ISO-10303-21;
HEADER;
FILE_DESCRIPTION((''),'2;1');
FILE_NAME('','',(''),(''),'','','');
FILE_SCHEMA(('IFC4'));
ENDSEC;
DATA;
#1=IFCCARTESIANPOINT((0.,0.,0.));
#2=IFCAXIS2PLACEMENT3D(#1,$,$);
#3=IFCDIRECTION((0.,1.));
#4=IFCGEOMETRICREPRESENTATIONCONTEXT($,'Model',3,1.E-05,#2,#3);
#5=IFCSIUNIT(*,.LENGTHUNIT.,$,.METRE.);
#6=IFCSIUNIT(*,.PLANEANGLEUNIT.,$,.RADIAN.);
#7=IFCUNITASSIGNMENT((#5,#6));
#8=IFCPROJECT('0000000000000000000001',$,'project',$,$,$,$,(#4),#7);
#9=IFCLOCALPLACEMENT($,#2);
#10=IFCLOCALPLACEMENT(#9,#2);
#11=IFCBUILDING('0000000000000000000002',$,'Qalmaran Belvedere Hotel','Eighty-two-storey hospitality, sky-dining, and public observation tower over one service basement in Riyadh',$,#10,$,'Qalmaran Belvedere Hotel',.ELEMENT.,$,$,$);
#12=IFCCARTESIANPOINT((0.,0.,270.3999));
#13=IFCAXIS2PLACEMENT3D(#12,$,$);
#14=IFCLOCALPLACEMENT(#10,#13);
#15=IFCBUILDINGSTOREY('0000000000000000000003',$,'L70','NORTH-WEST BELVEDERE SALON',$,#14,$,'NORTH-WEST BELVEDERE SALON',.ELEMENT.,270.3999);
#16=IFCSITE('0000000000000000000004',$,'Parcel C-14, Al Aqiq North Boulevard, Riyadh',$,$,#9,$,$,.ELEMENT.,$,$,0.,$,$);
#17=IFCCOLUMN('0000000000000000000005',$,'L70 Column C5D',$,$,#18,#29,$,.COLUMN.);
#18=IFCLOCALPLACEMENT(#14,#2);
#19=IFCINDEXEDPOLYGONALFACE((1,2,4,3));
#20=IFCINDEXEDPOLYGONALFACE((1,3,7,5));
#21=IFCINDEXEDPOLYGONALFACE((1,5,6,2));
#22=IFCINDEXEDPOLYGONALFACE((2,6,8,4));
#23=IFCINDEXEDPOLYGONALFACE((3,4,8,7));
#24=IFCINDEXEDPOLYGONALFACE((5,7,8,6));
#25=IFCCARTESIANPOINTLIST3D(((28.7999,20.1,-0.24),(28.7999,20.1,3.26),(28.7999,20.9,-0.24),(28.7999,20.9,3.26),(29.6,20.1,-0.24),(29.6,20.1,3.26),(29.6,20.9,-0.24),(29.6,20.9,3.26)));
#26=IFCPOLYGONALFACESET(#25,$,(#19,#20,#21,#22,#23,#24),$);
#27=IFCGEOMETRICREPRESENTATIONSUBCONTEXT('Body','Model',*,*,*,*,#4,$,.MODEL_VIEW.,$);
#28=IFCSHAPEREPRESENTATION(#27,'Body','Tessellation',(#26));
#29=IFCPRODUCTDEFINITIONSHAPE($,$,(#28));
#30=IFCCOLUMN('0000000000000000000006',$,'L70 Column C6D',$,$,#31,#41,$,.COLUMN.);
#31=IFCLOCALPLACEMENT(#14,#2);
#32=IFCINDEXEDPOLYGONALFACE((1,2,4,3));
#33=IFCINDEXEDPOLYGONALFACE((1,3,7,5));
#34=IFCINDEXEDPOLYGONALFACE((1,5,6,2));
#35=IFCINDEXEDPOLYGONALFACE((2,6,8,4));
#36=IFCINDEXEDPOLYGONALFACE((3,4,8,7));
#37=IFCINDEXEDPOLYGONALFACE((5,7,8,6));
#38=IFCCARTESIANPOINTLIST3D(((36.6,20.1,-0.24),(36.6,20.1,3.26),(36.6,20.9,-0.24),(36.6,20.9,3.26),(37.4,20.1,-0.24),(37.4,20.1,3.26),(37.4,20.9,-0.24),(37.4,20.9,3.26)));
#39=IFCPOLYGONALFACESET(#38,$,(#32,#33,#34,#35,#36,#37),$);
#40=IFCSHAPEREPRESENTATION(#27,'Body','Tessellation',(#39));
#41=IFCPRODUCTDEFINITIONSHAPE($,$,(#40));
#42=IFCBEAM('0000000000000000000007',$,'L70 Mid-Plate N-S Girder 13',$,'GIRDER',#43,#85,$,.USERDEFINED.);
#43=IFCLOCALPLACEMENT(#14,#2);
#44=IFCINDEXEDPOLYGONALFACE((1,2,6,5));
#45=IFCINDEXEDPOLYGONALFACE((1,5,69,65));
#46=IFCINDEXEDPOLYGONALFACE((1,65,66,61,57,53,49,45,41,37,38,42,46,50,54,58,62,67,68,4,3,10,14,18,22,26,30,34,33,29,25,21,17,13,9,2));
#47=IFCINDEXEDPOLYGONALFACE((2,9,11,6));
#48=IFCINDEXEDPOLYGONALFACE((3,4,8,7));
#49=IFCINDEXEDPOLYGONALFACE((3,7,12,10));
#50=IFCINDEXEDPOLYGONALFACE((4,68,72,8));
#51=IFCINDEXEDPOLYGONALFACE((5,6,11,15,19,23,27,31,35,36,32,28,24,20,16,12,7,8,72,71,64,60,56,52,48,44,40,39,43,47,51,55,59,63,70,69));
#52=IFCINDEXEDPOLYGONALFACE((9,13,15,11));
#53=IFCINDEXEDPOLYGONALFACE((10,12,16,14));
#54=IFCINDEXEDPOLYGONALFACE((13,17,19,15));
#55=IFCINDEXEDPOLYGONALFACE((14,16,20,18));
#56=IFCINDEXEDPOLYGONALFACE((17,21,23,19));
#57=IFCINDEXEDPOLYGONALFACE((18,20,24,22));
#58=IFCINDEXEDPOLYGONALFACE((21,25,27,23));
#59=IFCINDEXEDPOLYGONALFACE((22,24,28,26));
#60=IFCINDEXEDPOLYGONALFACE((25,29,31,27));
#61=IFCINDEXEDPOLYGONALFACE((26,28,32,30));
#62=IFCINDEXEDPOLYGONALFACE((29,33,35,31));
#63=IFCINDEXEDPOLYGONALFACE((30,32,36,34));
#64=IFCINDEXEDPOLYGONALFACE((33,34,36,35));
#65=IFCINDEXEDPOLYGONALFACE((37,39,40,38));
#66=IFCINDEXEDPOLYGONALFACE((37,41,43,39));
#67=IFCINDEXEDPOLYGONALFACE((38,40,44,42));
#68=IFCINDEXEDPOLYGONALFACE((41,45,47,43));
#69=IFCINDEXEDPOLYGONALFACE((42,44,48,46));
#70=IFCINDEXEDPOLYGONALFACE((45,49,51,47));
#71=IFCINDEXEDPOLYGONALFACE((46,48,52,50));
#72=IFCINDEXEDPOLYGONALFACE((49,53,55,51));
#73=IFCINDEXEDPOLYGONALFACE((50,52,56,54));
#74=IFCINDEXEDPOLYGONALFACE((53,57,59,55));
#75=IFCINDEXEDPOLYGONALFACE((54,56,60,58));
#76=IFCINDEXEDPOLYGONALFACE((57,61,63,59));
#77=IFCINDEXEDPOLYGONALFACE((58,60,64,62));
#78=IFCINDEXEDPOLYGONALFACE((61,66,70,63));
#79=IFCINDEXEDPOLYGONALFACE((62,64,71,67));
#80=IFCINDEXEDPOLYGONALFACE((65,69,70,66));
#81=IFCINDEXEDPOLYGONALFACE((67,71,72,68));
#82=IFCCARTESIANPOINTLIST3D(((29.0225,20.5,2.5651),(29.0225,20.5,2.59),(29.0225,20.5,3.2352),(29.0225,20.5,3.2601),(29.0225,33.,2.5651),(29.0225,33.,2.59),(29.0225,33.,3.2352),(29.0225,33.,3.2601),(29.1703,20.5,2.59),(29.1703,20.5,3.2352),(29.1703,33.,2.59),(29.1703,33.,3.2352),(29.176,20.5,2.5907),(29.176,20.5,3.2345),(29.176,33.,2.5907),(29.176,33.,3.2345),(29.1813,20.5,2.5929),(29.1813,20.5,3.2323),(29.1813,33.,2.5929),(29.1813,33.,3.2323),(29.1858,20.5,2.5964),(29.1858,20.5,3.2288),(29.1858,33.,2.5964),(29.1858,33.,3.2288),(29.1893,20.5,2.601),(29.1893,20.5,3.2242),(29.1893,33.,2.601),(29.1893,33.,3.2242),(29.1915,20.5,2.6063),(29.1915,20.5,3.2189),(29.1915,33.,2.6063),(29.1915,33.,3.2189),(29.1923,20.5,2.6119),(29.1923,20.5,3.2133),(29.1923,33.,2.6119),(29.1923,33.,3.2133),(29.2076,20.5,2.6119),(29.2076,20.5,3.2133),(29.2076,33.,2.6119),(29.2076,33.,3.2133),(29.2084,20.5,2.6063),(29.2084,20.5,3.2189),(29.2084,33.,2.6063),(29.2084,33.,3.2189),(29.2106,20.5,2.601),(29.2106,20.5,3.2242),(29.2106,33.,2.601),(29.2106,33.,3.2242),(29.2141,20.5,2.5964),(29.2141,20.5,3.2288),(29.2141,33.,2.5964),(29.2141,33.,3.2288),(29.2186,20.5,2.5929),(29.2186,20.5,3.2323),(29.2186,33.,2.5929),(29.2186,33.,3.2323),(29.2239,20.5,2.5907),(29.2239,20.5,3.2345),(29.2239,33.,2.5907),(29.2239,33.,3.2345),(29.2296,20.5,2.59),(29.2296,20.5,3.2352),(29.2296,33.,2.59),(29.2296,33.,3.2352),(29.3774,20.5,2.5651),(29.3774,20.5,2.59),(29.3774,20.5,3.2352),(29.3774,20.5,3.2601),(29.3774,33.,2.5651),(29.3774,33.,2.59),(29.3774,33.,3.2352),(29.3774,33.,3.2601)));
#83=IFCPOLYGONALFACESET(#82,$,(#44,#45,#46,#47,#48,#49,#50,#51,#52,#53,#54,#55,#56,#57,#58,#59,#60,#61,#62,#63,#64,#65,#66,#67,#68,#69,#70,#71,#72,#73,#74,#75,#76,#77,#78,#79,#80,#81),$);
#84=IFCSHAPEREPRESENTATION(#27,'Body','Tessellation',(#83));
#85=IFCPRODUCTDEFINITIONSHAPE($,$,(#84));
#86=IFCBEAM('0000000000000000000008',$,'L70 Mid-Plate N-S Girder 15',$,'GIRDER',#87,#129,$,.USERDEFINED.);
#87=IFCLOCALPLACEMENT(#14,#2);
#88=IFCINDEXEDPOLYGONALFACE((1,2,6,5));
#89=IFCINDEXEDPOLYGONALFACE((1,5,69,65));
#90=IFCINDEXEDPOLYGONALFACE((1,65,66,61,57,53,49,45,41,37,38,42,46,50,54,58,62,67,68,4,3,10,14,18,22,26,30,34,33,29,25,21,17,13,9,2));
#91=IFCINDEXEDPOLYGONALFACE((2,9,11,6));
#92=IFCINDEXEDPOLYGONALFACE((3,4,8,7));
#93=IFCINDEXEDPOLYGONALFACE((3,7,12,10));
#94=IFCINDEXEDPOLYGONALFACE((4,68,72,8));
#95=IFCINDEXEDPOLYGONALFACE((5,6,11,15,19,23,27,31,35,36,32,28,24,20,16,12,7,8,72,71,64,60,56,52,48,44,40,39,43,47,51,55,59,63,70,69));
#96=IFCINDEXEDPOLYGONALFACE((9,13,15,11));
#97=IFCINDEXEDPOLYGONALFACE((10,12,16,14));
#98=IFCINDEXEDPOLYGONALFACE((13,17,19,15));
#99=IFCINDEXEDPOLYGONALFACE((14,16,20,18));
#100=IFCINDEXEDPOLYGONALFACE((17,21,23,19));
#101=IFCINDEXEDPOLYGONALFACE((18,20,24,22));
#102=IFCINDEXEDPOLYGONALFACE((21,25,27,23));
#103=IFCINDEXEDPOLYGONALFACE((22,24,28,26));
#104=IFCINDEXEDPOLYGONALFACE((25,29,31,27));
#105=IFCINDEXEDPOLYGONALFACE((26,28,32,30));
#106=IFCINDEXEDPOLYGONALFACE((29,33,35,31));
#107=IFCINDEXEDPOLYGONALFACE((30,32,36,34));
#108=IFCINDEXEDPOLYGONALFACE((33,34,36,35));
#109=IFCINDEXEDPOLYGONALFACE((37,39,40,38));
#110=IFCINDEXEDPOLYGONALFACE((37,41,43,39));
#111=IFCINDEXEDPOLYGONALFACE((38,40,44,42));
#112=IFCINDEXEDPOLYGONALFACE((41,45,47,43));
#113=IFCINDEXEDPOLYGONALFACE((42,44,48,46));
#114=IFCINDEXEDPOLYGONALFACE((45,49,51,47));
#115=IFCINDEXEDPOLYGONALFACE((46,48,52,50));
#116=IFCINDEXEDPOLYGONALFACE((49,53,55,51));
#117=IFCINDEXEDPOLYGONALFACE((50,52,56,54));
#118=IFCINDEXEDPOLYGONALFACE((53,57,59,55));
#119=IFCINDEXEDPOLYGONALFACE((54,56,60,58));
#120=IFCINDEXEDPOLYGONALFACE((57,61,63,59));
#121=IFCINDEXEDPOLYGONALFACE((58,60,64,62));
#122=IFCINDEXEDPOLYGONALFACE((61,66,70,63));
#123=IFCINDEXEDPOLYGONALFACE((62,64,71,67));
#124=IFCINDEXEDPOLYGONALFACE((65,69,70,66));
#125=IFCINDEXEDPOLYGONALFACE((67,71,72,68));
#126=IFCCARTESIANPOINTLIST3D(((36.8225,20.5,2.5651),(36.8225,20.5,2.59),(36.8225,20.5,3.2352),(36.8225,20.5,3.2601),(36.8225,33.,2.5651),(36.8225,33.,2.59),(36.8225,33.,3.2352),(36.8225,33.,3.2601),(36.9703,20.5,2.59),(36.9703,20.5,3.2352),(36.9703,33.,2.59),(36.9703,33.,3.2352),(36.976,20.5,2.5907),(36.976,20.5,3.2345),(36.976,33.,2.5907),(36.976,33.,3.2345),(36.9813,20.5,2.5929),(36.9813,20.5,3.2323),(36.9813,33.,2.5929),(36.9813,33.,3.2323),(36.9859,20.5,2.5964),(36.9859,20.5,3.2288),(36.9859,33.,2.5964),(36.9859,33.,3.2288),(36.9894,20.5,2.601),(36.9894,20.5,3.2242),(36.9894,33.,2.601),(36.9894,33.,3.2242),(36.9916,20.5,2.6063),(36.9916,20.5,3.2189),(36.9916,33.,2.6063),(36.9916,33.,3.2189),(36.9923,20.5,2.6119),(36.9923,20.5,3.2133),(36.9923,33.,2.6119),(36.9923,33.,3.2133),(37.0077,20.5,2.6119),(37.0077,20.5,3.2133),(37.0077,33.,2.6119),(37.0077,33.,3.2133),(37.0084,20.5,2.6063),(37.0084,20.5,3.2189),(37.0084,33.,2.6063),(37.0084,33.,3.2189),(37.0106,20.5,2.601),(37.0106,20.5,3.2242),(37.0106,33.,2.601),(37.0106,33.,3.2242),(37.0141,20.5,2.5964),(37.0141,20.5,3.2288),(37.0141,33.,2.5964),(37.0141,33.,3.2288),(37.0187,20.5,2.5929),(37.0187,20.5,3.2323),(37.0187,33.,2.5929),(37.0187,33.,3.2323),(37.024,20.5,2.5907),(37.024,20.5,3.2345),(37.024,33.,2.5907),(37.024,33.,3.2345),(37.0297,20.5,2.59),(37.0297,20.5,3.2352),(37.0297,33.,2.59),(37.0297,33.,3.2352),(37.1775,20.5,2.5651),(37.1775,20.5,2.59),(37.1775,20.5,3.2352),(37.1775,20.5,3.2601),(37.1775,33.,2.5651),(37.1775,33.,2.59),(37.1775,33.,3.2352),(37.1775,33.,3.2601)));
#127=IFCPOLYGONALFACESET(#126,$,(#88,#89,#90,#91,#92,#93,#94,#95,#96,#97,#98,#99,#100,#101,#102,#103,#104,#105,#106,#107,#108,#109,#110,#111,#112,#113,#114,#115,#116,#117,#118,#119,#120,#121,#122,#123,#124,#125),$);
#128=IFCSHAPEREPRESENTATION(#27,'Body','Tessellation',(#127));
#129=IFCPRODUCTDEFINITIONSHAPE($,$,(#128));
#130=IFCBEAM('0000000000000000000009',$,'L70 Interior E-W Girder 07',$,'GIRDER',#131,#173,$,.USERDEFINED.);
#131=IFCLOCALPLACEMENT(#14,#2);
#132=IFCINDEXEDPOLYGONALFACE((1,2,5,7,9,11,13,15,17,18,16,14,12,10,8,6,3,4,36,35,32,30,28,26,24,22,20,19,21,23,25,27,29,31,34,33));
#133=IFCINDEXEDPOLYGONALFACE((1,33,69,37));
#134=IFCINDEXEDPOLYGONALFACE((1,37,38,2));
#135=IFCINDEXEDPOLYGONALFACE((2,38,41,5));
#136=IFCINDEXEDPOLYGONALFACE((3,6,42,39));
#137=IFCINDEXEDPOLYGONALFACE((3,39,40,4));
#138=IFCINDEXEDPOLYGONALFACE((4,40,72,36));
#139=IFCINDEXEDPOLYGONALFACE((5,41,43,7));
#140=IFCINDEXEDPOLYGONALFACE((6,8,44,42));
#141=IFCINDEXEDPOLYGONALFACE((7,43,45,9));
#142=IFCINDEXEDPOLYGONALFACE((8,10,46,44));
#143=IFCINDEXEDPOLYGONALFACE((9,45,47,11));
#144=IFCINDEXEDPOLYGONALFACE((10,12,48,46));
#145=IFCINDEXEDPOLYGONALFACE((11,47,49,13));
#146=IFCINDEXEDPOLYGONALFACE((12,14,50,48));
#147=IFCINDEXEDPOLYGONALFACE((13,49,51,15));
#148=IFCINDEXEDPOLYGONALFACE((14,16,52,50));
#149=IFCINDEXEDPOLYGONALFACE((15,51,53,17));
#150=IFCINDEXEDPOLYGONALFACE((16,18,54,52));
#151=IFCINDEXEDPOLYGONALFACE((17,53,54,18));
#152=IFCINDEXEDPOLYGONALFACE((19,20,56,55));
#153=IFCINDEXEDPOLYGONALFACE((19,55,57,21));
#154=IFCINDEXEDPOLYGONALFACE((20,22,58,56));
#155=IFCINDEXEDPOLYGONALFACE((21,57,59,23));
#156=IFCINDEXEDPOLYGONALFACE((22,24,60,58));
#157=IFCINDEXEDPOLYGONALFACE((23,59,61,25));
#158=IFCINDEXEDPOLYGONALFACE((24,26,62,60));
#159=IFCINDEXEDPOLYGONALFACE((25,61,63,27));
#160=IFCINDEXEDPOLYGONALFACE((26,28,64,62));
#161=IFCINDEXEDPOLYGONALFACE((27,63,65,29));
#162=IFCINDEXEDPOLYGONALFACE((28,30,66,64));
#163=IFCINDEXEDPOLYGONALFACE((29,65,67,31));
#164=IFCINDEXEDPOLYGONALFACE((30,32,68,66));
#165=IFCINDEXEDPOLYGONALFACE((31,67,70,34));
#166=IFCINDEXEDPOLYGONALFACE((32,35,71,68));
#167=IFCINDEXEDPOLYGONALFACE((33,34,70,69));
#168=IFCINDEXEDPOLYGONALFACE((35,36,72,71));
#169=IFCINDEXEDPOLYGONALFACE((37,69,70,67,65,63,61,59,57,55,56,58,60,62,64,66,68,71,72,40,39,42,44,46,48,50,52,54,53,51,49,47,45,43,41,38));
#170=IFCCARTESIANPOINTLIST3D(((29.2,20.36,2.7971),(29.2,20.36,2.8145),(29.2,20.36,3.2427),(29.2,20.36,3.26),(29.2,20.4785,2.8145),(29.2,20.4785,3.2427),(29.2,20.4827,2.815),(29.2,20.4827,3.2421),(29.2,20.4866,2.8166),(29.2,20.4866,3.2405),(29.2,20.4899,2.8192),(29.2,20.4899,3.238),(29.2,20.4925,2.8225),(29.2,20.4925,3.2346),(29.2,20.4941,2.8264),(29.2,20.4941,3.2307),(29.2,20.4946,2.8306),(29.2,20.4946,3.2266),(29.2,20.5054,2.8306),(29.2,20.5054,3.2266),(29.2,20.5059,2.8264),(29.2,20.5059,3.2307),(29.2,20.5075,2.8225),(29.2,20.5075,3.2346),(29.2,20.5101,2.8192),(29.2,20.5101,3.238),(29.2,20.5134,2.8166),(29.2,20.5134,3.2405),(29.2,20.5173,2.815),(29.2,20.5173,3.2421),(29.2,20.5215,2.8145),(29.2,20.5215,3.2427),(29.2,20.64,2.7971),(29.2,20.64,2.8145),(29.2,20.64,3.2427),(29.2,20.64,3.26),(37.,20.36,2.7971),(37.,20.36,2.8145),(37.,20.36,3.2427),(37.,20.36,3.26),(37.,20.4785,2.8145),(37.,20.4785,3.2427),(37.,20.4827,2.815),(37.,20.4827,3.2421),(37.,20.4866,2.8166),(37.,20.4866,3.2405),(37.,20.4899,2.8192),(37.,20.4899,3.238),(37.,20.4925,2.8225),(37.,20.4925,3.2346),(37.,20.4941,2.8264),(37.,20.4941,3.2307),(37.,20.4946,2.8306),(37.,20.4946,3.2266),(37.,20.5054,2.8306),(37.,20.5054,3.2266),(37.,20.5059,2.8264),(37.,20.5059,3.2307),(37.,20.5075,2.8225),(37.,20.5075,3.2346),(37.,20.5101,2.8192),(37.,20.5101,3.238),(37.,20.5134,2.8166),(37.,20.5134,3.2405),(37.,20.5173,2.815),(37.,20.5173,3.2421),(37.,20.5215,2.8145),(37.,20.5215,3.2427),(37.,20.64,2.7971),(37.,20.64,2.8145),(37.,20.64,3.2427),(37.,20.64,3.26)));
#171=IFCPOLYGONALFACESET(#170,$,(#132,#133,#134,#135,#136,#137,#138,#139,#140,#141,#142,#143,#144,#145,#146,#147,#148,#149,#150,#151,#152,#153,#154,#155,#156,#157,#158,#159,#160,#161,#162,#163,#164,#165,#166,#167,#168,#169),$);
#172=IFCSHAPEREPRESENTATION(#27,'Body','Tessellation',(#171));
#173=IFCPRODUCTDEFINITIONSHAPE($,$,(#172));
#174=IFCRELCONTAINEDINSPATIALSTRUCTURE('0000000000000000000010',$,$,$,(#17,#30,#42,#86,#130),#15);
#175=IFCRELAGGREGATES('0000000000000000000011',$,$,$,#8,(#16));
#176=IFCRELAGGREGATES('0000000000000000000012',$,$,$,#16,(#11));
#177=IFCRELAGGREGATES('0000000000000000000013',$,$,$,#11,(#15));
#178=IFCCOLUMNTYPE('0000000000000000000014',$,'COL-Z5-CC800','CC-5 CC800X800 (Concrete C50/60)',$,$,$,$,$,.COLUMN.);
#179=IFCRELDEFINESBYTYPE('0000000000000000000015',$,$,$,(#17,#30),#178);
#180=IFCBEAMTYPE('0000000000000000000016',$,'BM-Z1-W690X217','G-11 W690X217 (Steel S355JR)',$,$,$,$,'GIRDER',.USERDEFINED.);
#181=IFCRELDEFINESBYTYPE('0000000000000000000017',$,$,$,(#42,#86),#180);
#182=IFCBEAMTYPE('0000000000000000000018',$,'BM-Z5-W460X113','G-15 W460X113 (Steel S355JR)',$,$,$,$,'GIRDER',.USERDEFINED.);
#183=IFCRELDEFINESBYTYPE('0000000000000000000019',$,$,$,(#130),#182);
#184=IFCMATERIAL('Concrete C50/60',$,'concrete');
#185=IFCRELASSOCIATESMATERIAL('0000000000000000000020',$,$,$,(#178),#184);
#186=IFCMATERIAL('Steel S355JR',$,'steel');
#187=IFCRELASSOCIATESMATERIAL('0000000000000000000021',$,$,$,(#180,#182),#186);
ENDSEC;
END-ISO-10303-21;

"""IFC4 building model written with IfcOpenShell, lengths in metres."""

from ifc_helpers import new_model, si_unit, direction, frame, origin, origin_2d, place, context, subcontext, project, spatial, rectangle, i_section, extrude, material, material_profile, profile_set, type_object, element, save


model = new_model("IFC4")

# Units and contexts
model_context = context("Model", 3, precision=1e-05, world=origin(), true_north=direction((0.0, 1.0)))
body_context = subcontext(model_context, "Body", "Model", "MODEL_VIEW")
ifc_project = project(units=[si_unit("LENGTHUNIT", "METRE"), si_unit("PLANEANGLEUNIT", "RADIAN")], contexts=[model_context])

# Site, building, storey
site_placement = place(None, origin())
site = spatial("IfcSite", under=ifc_project, at=site_placement, Name="Parcel C-14, Al Aqiq North Boulevard, Riyadh", CompositionType="ELEMENT", RefElevation=0.0)
building_placement = place(site_placement, origin())
building = spatial("IfcBuilding", under=site, at=building_placement, Name="Qalmaran Belvedere Hotel", Description="Eighty-two-storey hospitality, sky-dining, and public observation tower over one service basement in Riyadh", LongName="Qalmaran Belvedere Hotel", CompositionType="ELEMENT")
storey_placement = place(building_placement, frame((0.0, 0.0, 270.3999)))
storey = spatial("IfcBuildingStorey", under=building, at=storey_placement, Name="L70", Description="NORTH-WEST BELVEDERE SALON", LongName="NORTH-WEST BELVEDERE SALON", CompositionType="ELEMENT", Elevation=270.3999)

# Columns
ifc_material_1 = material(Name="Concrete C50/60", Category="concrete")
ifc_material_profile_1 = material_profile(ifc_material_1, rectangle(XDim=0.8, YDim=0.8, at=origin_2d()), Name="CC800X800")
ifc_profile_set_1 = profile_set([ifc_material_profile_1], Name="Concrete C50/60")
column_type = type_object("IfcColumnType", Name="COL-Z5-CC800", Description="CC-5 CC800X800 (Concrete C50/60)", PredefinedType="COLUMN", material=ifc_profile_set_1)
for number, where, z_axis, x_axis, name in (
    (1, (29.2, 20.5, -0.24), (0.0, 0.0, 1.0), (1.0, 0.0, 0.0), "L70 Column C5D"),
    (2, (37.0, 20.5, -0.24), (0.0, 0.0, 1.0), (1.0, 0.0, 0.0), "L70 Column C6D"),
):
    element("IfcColumn", number, at=place(storey_placement, frame(where, z_axis=z_axis, x_axis=x_axis)), inside=storey, type_object=column_type, Name=name, PredefinedType="COLUMN", context=body_context, shape_type="SweptSolid", body=[
        extrude(rectangle(XDim=0.8, YDim=0.8, at=origin_2d()), origin(), (0.0, 0.0, 1.0), 3.5),
    ])

# Beams
ifc_material_2 = material(Name="Steel S355JR", Category="steel")
ifc_material_profile_2 = material_profile(ifc_material_2, i_section(OverallWidth=0.355, OverallDepth=0.6951, WebThickness=0.0154, FlangeThickness=0.0249, FilletRadius=0.022, at=origin_2d()), Name="W690X217")
ifc_profile_set_2 = profile_set([ifc_material_profile_2], Name="Steel S355JR")
beam_type_1 = type_object("IfcBeamType", Name="BM-Z1-W690X217", Description="G-11 W690X217 (Steel S355JR)", ElementType="GIRDER", PredefinedType="USERDEFINED", material=ifc_profile_set_2)
for number, where, z_axis, x_axis, name in (
    (3, (29.2, 20.5, 2.9126), (0.0, 1.0, 0.0), (-1.0, 0.0, 0.0), "L70 Mid-Plate N-S Girder 13"),
    (4, (37.0, 20.5, 2.9126), (0.0, 1.0, 0.0), (-1.0, 0.0, 0.0), "L70 Mid-Plate N-S Girder 15"),
):
    element("IfcBeam", number, at=place(storey_placement, frame(where, z_axis=z_axis, x_axis=x_axis)), inside=storey, type_object=beam_type_1, Name=name, ObjectType="GIRDER", PredefinedType="USERDEFINED", context=body_context, shape_type="SweptSolid", body=[
        extrude(i_section(OverallWidth=0.355, OverallDepth=0.6951, WebThickness=0.0154, FlangeThickness=0.0249, FilletRadius=0.022, at=origin_2d()), origin(), (0.0, 0.0, 1.0), 12.5),
    ])
ifc_material_profile_3 = material_profile(ifc_material_2, i_section(OverallWidth=0.28, OverallDepth=0.4629, WebThickness=0.0107, FlangeThickness=0.0173, FilletRadius=0.0161, at=origin_2d()), Name="W460X113")
ifc_profile_set_3 = profile_set([ifc_material_profile_3], Name="Steel S355JR")
beam_type_2 = type_object("IfcBeamType", Name="BM-Z5-W460X113", Description="G-15 W460X113 (Steel S355JR)", ElementType="GIRDER", PredefinedType="USERDEFINED", material=ifc_profile_set_3)
for number, where, z_axis, x_axis, name in (
    (5, (29.2, 20.5, 3.0286), (1.0, 0.0, 0.0), (0.0, 1.0, 0.0), "L70 Interior E-W Girder 07"),
):
    element("IfcBeam", number, at=place(storey_placement, frame(where, z_axis=z_axis, x_axis=x_axis)), inside=storey, type_object=beam_type_2, Name=name, ObjectType="GIRDER", PredefinedType="USERDEFINED", context=body_context, shape_type="SweptSolid", body=[
        extrude(i_section(OverallWidth=0.28, OverallDepth=0.4629, WebThickness=0.0107, FlangeThickness=0.0173, FilletRadius=0.0161, at=origin_2d()), origin(), (0.0, 0.0, 1.0), 7.8),
    ])

save(model, "model.ifc")
